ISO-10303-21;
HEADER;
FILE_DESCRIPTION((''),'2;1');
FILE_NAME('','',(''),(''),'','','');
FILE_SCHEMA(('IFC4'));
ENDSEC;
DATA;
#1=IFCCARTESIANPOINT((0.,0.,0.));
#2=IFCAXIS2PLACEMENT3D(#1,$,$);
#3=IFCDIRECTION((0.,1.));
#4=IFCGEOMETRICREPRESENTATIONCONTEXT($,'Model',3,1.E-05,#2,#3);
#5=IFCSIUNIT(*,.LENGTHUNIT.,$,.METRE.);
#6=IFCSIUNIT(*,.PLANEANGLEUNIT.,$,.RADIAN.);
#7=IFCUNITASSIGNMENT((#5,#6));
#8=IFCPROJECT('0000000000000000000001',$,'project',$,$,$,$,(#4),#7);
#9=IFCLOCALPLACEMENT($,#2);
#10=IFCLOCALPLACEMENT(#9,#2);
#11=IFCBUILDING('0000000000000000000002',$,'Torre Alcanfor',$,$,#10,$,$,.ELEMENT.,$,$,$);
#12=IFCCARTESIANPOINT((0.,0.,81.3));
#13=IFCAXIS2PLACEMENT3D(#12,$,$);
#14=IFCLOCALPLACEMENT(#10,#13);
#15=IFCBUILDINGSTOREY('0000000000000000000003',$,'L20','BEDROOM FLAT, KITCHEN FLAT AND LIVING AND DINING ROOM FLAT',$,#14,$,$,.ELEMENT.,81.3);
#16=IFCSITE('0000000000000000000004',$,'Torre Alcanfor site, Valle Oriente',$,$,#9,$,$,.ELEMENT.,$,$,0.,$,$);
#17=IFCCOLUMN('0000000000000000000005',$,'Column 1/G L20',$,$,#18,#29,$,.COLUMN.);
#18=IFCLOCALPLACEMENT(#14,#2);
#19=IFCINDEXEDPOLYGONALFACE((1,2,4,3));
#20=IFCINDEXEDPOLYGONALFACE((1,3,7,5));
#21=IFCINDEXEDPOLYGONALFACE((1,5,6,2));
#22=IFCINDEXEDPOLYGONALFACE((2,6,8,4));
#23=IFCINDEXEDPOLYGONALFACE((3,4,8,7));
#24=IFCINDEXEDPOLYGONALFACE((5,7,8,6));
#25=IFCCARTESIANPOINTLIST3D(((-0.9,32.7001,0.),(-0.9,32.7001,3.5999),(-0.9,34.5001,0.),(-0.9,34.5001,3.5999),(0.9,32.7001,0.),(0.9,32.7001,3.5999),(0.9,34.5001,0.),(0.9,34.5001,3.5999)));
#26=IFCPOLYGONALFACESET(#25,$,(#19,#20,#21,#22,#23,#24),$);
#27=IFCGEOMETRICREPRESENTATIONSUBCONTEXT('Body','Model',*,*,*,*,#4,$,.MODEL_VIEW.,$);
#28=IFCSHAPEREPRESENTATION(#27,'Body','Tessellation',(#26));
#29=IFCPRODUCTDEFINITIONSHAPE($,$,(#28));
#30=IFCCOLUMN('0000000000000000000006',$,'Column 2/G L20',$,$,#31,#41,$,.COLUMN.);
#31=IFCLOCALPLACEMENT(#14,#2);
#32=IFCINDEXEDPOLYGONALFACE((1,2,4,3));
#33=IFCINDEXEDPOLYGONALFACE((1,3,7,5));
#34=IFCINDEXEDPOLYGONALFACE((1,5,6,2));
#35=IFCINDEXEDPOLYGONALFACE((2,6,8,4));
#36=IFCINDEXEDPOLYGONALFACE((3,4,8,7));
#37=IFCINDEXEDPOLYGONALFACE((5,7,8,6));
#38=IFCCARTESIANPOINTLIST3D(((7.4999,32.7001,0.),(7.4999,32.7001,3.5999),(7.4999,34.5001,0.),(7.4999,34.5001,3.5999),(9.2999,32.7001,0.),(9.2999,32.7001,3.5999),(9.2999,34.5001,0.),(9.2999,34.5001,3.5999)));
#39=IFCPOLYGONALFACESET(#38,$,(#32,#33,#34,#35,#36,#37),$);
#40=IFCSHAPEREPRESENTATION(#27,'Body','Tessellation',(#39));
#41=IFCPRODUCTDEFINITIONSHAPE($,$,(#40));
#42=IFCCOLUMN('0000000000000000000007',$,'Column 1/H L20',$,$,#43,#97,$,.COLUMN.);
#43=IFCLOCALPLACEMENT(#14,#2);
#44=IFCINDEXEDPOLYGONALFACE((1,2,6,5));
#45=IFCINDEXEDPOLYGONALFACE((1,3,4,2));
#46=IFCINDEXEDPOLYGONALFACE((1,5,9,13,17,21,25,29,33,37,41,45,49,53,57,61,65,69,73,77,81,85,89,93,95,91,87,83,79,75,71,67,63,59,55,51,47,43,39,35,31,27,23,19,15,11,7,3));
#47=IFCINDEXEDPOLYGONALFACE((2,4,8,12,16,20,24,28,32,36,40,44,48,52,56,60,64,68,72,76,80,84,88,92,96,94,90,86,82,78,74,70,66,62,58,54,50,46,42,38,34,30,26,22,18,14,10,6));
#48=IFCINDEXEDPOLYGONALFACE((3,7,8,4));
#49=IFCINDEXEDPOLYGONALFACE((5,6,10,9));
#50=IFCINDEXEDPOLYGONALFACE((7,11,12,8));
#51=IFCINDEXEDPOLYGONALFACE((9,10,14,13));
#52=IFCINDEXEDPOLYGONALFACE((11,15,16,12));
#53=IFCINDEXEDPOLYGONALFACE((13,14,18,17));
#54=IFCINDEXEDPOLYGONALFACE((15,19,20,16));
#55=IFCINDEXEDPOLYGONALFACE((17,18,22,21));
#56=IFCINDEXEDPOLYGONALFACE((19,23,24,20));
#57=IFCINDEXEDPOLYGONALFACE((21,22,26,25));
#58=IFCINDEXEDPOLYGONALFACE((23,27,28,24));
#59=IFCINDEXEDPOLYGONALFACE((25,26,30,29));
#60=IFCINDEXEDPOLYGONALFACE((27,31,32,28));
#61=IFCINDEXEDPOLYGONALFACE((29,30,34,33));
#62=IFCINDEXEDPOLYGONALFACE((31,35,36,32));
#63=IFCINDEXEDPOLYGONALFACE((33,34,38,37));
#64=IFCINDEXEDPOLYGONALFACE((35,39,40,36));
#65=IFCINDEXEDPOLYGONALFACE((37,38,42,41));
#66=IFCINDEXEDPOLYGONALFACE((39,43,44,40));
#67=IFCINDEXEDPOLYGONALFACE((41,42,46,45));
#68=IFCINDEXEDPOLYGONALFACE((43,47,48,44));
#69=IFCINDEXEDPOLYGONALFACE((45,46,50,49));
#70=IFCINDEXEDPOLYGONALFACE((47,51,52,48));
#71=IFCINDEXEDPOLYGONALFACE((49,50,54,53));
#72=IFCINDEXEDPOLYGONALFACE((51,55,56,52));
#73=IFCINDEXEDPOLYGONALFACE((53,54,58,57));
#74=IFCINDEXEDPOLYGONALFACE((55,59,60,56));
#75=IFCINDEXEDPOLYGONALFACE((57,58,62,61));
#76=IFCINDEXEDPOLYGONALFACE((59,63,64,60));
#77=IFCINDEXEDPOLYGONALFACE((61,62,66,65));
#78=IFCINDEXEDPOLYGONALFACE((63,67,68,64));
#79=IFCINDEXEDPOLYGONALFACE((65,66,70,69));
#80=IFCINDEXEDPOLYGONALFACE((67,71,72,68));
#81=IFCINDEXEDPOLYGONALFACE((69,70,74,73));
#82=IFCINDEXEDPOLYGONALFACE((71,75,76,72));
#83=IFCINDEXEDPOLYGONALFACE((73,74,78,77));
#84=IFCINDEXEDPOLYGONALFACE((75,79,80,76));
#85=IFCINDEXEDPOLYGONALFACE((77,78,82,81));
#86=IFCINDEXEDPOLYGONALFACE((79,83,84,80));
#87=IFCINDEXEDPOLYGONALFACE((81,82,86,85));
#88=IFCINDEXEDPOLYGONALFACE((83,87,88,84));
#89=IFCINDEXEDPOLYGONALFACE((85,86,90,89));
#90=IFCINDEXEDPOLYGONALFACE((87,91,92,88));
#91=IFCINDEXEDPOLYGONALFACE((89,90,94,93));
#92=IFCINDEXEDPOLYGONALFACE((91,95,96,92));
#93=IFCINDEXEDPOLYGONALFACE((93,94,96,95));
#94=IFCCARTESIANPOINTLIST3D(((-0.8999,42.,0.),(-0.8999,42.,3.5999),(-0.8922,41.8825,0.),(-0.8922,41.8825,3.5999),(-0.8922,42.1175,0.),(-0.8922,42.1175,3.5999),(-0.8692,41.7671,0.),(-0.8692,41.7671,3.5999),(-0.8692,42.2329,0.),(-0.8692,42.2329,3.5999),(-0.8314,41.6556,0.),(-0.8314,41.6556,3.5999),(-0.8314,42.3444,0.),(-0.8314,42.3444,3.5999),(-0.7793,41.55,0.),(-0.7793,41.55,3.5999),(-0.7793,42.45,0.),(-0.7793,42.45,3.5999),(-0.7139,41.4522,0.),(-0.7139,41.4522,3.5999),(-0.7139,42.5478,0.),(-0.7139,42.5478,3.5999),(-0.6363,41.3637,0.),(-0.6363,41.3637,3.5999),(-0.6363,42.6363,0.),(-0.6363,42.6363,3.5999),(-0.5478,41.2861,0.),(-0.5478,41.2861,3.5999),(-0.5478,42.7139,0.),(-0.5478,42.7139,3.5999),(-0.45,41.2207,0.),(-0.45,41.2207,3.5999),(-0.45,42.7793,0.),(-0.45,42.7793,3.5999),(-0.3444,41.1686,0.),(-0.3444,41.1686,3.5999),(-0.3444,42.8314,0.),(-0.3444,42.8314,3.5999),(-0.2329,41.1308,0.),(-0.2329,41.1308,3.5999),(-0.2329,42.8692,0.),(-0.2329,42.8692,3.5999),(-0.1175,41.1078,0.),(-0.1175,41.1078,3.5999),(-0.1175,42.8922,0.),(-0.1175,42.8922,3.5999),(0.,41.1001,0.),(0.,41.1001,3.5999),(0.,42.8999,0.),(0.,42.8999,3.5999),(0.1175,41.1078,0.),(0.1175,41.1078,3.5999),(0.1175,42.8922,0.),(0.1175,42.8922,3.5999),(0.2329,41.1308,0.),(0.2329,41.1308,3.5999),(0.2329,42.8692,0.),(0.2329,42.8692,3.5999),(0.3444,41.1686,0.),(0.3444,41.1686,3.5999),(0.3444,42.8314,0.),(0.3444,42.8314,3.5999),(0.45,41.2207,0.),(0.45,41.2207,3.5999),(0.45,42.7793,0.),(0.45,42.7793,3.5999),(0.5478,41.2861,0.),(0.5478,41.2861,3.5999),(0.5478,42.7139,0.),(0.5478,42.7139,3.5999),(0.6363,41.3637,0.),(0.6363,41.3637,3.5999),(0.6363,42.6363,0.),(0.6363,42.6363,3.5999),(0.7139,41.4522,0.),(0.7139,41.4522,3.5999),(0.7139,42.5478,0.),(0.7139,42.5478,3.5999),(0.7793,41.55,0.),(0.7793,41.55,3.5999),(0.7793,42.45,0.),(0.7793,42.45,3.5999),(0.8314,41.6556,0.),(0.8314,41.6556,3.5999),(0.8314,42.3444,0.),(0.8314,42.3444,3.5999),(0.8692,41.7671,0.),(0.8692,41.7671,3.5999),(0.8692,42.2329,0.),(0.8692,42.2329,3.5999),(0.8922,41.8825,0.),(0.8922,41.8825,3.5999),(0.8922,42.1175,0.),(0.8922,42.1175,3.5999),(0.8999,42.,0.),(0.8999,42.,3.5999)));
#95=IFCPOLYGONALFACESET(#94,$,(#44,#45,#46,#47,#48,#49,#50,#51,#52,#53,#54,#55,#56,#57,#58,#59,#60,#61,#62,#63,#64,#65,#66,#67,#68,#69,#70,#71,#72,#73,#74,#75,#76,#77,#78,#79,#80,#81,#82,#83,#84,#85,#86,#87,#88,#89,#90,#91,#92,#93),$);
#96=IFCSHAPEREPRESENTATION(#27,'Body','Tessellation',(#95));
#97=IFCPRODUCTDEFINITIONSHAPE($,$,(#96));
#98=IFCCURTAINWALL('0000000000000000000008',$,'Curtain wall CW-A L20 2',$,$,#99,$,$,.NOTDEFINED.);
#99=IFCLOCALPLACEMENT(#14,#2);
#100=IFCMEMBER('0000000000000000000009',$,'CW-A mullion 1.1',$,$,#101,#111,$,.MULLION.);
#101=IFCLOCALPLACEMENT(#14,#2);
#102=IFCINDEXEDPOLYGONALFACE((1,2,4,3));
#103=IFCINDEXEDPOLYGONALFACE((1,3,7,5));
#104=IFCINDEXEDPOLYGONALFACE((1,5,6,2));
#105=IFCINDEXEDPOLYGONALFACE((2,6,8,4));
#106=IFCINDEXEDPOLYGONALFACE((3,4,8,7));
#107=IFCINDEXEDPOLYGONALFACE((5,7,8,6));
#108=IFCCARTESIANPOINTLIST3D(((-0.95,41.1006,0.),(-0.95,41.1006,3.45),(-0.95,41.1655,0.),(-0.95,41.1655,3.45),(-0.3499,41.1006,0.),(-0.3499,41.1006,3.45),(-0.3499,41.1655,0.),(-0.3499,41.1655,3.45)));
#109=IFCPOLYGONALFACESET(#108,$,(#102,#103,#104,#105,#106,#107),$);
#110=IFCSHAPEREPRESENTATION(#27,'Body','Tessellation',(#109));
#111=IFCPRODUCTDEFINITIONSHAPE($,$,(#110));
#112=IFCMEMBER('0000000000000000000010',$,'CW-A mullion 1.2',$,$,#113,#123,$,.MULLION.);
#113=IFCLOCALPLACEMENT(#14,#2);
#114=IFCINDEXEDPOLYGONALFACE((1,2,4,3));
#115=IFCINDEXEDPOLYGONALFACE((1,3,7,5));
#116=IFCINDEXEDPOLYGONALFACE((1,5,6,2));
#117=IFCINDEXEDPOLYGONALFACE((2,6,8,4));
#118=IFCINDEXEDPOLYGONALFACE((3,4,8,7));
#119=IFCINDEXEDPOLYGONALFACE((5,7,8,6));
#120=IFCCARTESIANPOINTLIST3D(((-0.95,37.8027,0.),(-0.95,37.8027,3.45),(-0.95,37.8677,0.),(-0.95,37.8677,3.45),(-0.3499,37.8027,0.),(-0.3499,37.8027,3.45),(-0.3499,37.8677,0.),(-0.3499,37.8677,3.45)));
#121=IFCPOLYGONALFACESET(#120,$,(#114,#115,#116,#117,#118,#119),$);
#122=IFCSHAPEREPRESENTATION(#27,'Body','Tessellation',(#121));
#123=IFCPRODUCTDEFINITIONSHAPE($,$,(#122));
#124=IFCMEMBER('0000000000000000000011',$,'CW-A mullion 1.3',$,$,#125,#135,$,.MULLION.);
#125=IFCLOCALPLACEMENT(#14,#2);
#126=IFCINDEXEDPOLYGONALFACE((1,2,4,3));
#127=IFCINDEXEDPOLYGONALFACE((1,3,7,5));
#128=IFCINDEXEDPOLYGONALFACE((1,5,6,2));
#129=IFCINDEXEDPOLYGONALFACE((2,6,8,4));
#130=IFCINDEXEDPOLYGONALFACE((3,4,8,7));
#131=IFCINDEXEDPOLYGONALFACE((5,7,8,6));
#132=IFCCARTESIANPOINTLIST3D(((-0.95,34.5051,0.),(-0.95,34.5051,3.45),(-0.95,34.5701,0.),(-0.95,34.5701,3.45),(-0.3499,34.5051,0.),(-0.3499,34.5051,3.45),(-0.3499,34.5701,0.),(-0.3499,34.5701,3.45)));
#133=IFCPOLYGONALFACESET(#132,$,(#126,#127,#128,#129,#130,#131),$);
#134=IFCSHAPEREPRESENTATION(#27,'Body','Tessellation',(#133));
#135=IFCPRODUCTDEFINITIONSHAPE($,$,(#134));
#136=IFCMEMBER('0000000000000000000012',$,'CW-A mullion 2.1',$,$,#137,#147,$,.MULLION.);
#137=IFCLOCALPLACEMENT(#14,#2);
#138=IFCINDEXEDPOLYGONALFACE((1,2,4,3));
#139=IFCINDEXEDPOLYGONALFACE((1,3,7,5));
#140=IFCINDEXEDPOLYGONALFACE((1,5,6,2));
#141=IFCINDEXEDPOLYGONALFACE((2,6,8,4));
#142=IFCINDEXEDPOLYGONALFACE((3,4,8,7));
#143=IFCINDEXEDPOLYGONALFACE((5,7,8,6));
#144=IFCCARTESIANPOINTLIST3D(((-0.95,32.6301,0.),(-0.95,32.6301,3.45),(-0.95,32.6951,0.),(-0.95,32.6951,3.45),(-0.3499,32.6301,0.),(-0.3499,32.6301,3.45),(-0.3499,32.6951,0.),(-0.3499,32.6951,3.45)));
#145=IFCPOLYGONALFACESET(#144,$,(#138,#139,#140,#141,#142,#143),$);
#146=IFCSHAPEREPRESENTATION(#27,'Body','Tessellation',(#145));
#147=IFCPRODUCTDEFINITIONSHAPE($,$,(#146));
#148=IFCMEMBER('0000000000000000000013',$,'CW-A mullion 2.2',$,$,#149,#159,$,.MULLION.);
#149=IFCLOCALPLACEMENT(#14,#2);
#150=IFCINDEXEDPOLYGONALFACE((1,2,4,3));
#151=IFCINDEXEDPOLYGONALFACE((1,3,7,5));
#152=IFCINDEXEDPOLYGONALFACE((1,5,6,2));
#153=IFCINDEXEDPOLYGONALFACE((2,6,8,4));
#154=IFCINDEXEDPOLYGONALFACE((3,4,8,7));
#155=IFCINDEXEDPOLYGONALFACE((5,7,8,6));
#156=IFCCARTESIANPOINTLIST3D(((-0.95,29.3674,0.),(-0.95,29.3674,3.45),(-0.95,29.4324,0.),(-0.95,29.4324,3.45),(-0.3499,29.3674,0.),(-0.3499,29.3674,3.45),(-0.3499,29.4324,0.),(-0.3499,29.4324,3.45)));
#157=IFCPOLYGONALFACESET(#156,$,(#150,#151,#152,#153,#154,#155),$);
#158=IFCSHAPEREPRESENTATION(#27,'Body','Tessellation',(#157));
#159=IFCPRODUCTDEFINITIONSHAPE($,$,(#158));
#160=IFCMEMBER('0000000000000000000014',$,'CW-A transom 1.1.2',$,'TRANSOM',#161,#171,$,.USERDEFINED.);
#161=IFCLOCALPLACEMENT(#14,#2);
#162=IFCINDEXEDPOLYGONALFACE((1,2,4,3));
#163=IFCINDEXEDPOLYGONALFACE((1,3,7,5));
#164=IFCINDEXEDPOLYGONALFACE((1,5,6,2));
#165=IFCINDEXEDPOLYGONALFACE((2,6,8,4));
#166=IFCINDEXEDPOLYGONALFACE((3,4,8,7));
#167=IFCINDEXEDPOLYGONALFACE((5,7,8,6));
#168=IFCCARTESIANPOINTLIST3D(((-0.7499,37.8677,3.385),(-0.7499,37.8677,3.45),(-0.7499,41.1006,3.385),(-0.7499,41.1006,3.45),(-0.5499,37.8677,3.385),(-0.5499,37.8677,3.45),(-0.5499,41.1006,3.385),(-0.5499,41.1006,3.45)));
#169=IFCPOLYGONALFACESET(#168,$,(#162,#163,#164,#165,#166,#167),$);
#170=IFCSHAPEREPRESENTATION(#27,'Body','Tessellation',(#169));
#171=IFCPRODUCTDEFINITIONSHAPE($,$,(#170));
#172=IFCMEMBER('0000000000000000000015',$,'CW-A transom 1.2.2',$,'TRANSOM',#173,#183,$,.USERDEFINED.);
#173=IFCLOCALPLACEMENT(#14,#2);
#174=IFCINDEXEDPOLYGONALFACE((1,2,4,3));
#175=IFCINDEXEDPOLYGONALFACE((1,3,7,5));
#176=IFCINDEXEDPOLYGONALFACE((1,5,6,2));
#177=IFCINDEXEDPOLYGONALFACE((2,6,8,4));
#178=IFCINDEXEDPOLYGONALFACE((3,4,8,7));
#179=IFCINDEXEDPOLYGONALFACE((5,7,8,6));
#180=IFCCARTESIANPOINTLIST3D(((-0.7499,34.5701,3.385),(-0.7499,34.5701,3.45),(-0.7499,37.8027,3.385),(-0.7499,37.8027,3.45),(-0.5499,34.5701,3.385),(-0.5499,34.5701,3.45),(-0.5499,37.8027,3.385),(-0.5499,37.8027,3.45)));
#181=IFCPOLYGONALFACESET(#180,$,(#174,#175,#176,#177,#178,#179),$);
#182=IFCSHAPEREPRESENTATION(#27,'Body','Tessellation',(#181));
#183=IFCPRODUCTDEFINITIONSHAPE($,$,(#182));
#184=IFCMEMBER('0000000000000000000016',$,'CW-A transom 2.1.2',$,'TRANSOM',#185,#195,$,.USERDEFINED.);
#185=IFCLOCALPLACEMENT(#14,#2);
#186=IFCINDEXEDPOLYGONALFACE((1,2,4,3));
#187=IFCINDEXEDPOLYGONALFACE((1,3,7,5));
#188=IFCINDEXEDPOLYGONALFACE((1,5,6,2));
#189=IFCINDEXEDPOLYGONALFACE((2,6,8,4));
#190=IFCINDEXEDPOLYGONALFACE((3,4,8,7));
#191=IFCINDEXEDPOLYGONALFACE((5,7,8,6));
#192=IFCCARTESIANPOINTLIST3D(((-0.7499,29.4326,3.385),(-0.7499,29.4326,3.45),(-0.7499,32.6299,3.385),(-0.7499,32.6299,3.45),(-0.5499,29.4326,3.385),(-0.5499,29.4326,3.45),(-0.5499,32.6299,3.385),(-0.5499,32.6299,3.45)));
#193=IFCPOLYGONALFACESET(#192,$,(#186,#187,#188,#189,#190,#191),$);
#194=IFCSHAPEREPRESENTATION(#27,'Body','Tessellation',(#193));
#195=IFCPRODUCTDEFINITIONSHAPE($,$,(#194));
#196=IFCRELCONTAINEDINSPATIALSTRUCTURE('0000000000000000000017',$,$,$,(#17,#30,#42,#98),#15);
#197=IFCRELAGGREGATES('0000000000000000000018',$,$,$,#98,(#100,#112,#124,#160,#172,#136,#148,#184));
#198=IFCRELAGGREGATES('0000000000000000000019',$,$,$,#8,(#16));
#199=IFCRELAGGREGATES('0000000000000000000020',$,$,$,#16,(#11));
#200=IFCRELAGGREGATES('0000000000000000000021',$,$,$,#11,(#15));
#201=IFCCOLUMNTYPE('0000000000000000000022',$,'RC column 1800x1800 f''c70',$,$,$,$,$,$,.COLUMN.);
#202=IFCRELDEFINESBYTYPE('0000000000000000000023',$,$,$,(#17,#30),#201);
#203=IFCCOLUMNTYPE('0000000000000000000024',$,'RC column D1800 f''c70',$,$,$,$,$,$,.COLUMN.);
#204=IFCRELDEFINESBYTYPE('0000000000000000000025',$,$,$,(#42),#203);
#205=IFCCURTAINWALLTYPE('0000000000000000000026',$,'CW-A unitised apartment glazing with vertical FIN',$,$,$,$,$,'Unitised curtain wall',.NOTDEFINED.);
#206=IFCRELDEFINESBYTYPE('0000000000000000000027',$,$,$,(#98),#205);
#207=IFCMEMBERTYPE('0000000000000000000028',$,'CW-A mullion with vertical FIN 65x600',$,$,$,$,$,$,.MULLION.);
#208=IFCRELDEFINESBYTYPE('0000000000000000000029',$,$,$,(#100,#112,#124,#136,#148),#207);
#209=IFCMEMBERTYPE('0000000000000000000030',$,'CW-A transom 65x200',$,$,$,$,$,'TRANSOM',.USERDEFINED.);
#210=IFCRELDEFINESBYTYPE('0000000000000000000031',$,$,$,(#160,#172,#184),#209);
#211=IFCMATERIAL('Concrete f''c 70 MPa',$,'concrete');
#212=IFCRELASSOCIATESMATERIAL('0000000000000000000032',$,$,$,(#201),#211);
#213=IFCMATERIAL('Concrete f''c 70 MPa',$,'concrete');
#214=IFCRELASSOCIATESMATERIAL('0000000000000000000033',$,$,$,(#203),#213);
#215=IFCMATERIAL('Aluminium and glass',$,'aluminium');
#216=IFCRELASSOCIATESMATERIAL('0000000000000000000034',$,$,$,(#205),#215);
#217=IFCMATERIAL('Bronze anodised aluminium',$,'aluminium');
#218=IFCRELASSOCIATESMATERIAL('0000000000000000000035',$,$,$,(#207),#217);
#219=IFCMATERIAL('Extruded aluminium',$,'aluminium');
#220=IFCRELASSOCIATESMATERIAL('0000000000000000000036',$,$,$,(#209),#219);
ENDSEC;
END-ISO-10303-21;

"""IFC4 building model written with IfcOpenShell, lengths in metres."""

from ifc_helpers import new_model, si_unit, direction, frame, origin, origin_2d, place, context, subcontext, project, spatial, rectangle, circle, extrude, material, material_profile, profile_set, type_object, element, aggregate, save


model = new_model("IFC4")

# Units and contexts
model_context = context("Model", 3, precision=1e-05, world=origin(), true_north=direction((0.0, 1.0)))
body_context = subcontext(model_context, "Body", "Model", "MODEL_VIEW")
ifc_project = project(units=[si_unit("LENGTHUNIT", "METRE"), si_unit("PLANEANGLEUNIT", "RADIAN")], contexts=[model_context])

# Site, building, storey
site_placement = place(None, origin())
site = spatial("IfcSite", under=ifc_project, at=site_placement, Name="Torre Alcanfor site, Valle Oriente", CompositionType="ELEMENT", RefElevation=0.0)
building_placement = place(site_placement, origin())
building = spatial("IfcBuilding", under=site, at=building_placement, Name="Torre Alcanfor", CompositionType="ELEMENT")
storey_placement = place(building_placement, frame((0.0, 0.0, 81.3)))
storey = spatial("IfcBuildingStorey", under=building, at=storey_placement, Name="L20", Description="BEDROOM FLAT, KITCHEN FLAT AND LIVING AND DINING ROOM FLAT", CompositionType="ELEMENT", Elevation=81.3)

# Columns
ifc_material_1 = material(Name="Concrete f'c 70 MPa", Category="concrete")
ifc_material_profile_1 = material_profile(ifc_material_1, rectangle(XDim=1.8, YDim=1.8, at=origin_2d()), Name="1800x1800")
ifc_profile_set_1 = profile_set([ifc_material_profile_1], Name="Concrete f'c 70 MPa")
column_type_1 = type_object("IfcColumnType", Name="RC column 1800x1800 f'c70", PredefinedType="COLUMN", material=ifc_profile_set_1)
for number, where, z_axis, x_axis, name in (
    (1, (0.0, 33.6001, 0.0), (0.0, 0.0, 1.0), (1.0, 0.0, 0.0), "Column 1/G L20"),
    (2, (8.3999, 33.6001, 0.0), (0.0, 0.0, 1.0), (1.0, 0.0, 0.0), "Column 2/G L20"),
):
    element("IfcColumn", number, at=place(storey_placement, frame(where, z_axis=z_axis, x_axis=x_axis)), inside=storey, type_object=column_type_1, Name=name, PredefinedType="COLUMN", context=body_context, shape_type="SweptSolid", body=[
        extrude(rectangle(XDim=1.8, YDim=1.8, at=origin_2d()), origin(), (0.0, 0.0, 1.0), 3.5999),
    ])
ifc_material_2 = material(Name="Concrete f'c 70 MPa", Category="concrete")
ifc_material_profile_2 = material_profile(ifc_material_2, circle(Radius=0.8999, at=origin_2d()), Name="D1800")
ifc_profile_set_2 = profile_set([ifc_material_profile_2], Name="Concrete f'c 70 MPa")
column_type_2 = type_object("IfcColumnType", Name="RC column D1800 f'c70", PredefinedType="COLUMN", material=ifc_profile_set_2)
column_placement = place(storey_placement, frame((0.0, 42.0, 0.0), z_axis=(0.0, 0.0, 1.0), x_axis=(1.0, 0.0, 0.0)))
element("IfcColumn", 3, at=column_placement, inside=storey, type_object=column_type_2, Name="Column 1/H L20", PredefinedType="COLUMN", context=body_context, shape_type="SweptSolid", body=[
    extrude(circle(Radius=0.8999, at=origin_2d()), origin(), (0.0, 0.0, 1.0), 3.5999),
])

# Curtain wall, members
ifc_material_3 = material(Name="Aluminium and glass", Category="aluminium")
curtain_wall_type = type_object("IfcCurtainWallType", Name="CW-A unitised apartment glazing with vertical FIN", ElementType="Unitised curtain wall", PredefinedType="NOTDEFINED", material=ifc_material_3)
curtain_wall_placement = place(storey_placement, origin())
curtain_wall = element("IfcCurtainWall", 4, at=curtain_wall_placement, inside=storey, type_object=curtain_wall_type, Name="Curtain wall CW-A L20 2", PredefinedType="NOTDEFINED")
ifc_material_4 = material(Name="Bronze anodised aluminium", Category="aluminium")
ifc_material_profile_3 = material_profile(ifc_material_4, rectangle(XDim=0.6001, YDim=0.0649, at=origin_2d()), Name="CW-A mullion 65x600")
ifc_profile_set_3 = profile_set([ifc_material_profile_3], Name="Bronze anodised aluminium")
member_type_1 = type_object("IfcMemberType", Name="CW-A mullion with vertical FIN 65x600", PredefinedType="MULLION", material=ifc_profile_set_3)
member_1_placement = place(storey_placement, frame((-0.6499, 41.1331, 0.0), z_axis=(0.0, 0.0, 1.0), x_axis=(1.0, 0.0, 0.0)))
member_1 = element("IfcMember", 5, at=member_1_placement, type_object=member_type_1, Name="CW-A mullion 1.1", PredefinedType="MULLION", context=body_context, shape_type="SweptSolid", body=[
    extrude(rectangle(XDim=0.6001, YDim=0.0649, at=origin_2d()), origin(), (0.0, 0.0, 1.0), 3.45),
])
member_2_placement = place(storey_placement, frame((-0.6499, 37.8352, 0.0), z_axis=(0.0, 0.0, 1.0), x_axis=(1.0, 0.0, 0.0)))
member_2 = element("IfcMember", 6, at=member_2_placement, type_object=member_type_1, Name="CW-A mullion 1.2", PredefinedType="MULLION", context=body_context, shape_type="SweptSolid", body=[
    extrude(rectangle(XDim=0.6001, YDim=0.0649, at=origin_2d()), origin(), (0.0, 0.0, 1.0), 3.45),
])
member_3_placement = place(storey_placement, frame((-0.6499, 34.5376, 0.0), z_axis=(0.0, 0.0, 1.0), x_axis=(1.0, 0.0, 0.0)))
member_3 = element("IfcMember", 7, at=member_3_placement, type_object=member_type_1, Name="CW-A mullion 1.3", PredefinedType="MULLION", context=body_context, shape_type="SweptSolid", body=[
    extrude(rectangle(XDim=0.6001, YDim=0.0649, at=origin_2d()), origin(), (0.0, 0.0, 1.0), 3.45),
])
member_4_placement = place(storey_placement, frame((-0.6499, 32.6626, 0.0), z_axis=(0.0, 0.0, 1.0), x_axis=(1.0, 0.0, 0.0)))
member_4 = element("IfcMember", 8, at=member_4_placement, type_object=member_type_1, Name="CW-A mullion 2.1", PredefinedType="MULLION", context=body_context, shape_type="SweptSolid", body=[
    extrude(rectangle(XDim=0.6001, YDim=0.0649, at=origin_2d()), origin(), (0.0, 0.0, 1.0), 3.45),
])
member_5_placement = place(storey_placement, frame((-0.6499, 29.3999, 0.0), z_axis=(0.0, 0.0, 1.0), x_axis=(1.0, 0.0, 0.0)))
member_5 = element("IfcMember", 9, at=member_5_placement, type_object=member_type_1, Name="CW-A mullion 2.2", PredefinedType="MULLION", context=body_context, shape_type="SweptSolid", body=[
    extrude(rectangle(XDim=0.6001, YDim=0.0649, at=origin_2d()), origin(), (0.0, 0.0, 1.0), 3.45),
])
ifc_material_5 = material(Name="Extruded aluminium", Category="aluminium")
ifc_material_profile_4 = material_profile(ifc_material_5, rectangle(XDim=0.2, YDim=0.0649, at=origin_2d()), Name="CW-A transom 200x65")
ifc_profile_set_4 = profile_set([ifc_material_profile_4], Name="Extruded aluminium")
member_type_2 = type_object("IfcMemberType", Name="CW-A transom 65x200", ElementType="TRANSOM", PredefinedType="USERDEFINED", material=ifc_profile_set_4)
member_6_placement = place(storey_placement, frame((-0.6499, 41.1006, 3.4175), z_axis=(0.0, -1.0, 0.0), x_axis=(1.0, 0.0, 0.0)))
member_6 = element("IfcMember", 10, at=member_6_placement, type_object=member_type_2, Name="CW-A transom 1.1.2", ObjectType="TRANSOM", PredefinedType="USERDEFINED", context=body_context, shape_type="SweptSolid", body=[
    extrude(rectangle(XDim=0.2, YDim=0.0649, at=origin_2d()), origin(), (0.0, 0.0, 1.0), 3.2329),
])
member_7_placement = place(storey_placement, frame((-0.6499, 37.8027, 3.4175), z_axis=(0.0, -1.0, 0.0), x_axis=(1.0, 0.0, 0.0)))
member_7 = element("IfcMember", 11, at=member_7_placement, type_object=member_type_2, Name="CW-A transom 1.2.2", ObjectType="TRANSOM", PredefinedType="USERDEFINED", context=body_context, shape_type="SweptSolid", body=[
    extrude(rectangle(XDim=0.2, YDim=0.0649, at=origin_2d()), origin(), (0.0, 0.0, 1.0), 3.2327),
])
member_8_placement = place(storey_placement, frame((-0.6499, 32.6299, 3.4175), z_axis=(0.0, -1.0, 0.0), x_axis=(1.0, 0.0, 0.0)))
member_8 = element("IfcMember", 12, at=member_8_placement, type_object=member_type_2, Name="CW-A transom 2.1.2", ObjectType="TRANSOM", PredefinedType="USERDEFINED", context=body_context, shape_type="SweptSolid", body=[
    extrude(rectangle(XDim=0.2, YDim=0.0649, at=origin_2d()), origin(), (0.0, 0.0, 1.0), 3.1973),
])

aggregate(curtain_wall, [member_1, member_2, member_3, member_6, member_7, member_4, member_5, member_8])

save(model, "model.ifc")
